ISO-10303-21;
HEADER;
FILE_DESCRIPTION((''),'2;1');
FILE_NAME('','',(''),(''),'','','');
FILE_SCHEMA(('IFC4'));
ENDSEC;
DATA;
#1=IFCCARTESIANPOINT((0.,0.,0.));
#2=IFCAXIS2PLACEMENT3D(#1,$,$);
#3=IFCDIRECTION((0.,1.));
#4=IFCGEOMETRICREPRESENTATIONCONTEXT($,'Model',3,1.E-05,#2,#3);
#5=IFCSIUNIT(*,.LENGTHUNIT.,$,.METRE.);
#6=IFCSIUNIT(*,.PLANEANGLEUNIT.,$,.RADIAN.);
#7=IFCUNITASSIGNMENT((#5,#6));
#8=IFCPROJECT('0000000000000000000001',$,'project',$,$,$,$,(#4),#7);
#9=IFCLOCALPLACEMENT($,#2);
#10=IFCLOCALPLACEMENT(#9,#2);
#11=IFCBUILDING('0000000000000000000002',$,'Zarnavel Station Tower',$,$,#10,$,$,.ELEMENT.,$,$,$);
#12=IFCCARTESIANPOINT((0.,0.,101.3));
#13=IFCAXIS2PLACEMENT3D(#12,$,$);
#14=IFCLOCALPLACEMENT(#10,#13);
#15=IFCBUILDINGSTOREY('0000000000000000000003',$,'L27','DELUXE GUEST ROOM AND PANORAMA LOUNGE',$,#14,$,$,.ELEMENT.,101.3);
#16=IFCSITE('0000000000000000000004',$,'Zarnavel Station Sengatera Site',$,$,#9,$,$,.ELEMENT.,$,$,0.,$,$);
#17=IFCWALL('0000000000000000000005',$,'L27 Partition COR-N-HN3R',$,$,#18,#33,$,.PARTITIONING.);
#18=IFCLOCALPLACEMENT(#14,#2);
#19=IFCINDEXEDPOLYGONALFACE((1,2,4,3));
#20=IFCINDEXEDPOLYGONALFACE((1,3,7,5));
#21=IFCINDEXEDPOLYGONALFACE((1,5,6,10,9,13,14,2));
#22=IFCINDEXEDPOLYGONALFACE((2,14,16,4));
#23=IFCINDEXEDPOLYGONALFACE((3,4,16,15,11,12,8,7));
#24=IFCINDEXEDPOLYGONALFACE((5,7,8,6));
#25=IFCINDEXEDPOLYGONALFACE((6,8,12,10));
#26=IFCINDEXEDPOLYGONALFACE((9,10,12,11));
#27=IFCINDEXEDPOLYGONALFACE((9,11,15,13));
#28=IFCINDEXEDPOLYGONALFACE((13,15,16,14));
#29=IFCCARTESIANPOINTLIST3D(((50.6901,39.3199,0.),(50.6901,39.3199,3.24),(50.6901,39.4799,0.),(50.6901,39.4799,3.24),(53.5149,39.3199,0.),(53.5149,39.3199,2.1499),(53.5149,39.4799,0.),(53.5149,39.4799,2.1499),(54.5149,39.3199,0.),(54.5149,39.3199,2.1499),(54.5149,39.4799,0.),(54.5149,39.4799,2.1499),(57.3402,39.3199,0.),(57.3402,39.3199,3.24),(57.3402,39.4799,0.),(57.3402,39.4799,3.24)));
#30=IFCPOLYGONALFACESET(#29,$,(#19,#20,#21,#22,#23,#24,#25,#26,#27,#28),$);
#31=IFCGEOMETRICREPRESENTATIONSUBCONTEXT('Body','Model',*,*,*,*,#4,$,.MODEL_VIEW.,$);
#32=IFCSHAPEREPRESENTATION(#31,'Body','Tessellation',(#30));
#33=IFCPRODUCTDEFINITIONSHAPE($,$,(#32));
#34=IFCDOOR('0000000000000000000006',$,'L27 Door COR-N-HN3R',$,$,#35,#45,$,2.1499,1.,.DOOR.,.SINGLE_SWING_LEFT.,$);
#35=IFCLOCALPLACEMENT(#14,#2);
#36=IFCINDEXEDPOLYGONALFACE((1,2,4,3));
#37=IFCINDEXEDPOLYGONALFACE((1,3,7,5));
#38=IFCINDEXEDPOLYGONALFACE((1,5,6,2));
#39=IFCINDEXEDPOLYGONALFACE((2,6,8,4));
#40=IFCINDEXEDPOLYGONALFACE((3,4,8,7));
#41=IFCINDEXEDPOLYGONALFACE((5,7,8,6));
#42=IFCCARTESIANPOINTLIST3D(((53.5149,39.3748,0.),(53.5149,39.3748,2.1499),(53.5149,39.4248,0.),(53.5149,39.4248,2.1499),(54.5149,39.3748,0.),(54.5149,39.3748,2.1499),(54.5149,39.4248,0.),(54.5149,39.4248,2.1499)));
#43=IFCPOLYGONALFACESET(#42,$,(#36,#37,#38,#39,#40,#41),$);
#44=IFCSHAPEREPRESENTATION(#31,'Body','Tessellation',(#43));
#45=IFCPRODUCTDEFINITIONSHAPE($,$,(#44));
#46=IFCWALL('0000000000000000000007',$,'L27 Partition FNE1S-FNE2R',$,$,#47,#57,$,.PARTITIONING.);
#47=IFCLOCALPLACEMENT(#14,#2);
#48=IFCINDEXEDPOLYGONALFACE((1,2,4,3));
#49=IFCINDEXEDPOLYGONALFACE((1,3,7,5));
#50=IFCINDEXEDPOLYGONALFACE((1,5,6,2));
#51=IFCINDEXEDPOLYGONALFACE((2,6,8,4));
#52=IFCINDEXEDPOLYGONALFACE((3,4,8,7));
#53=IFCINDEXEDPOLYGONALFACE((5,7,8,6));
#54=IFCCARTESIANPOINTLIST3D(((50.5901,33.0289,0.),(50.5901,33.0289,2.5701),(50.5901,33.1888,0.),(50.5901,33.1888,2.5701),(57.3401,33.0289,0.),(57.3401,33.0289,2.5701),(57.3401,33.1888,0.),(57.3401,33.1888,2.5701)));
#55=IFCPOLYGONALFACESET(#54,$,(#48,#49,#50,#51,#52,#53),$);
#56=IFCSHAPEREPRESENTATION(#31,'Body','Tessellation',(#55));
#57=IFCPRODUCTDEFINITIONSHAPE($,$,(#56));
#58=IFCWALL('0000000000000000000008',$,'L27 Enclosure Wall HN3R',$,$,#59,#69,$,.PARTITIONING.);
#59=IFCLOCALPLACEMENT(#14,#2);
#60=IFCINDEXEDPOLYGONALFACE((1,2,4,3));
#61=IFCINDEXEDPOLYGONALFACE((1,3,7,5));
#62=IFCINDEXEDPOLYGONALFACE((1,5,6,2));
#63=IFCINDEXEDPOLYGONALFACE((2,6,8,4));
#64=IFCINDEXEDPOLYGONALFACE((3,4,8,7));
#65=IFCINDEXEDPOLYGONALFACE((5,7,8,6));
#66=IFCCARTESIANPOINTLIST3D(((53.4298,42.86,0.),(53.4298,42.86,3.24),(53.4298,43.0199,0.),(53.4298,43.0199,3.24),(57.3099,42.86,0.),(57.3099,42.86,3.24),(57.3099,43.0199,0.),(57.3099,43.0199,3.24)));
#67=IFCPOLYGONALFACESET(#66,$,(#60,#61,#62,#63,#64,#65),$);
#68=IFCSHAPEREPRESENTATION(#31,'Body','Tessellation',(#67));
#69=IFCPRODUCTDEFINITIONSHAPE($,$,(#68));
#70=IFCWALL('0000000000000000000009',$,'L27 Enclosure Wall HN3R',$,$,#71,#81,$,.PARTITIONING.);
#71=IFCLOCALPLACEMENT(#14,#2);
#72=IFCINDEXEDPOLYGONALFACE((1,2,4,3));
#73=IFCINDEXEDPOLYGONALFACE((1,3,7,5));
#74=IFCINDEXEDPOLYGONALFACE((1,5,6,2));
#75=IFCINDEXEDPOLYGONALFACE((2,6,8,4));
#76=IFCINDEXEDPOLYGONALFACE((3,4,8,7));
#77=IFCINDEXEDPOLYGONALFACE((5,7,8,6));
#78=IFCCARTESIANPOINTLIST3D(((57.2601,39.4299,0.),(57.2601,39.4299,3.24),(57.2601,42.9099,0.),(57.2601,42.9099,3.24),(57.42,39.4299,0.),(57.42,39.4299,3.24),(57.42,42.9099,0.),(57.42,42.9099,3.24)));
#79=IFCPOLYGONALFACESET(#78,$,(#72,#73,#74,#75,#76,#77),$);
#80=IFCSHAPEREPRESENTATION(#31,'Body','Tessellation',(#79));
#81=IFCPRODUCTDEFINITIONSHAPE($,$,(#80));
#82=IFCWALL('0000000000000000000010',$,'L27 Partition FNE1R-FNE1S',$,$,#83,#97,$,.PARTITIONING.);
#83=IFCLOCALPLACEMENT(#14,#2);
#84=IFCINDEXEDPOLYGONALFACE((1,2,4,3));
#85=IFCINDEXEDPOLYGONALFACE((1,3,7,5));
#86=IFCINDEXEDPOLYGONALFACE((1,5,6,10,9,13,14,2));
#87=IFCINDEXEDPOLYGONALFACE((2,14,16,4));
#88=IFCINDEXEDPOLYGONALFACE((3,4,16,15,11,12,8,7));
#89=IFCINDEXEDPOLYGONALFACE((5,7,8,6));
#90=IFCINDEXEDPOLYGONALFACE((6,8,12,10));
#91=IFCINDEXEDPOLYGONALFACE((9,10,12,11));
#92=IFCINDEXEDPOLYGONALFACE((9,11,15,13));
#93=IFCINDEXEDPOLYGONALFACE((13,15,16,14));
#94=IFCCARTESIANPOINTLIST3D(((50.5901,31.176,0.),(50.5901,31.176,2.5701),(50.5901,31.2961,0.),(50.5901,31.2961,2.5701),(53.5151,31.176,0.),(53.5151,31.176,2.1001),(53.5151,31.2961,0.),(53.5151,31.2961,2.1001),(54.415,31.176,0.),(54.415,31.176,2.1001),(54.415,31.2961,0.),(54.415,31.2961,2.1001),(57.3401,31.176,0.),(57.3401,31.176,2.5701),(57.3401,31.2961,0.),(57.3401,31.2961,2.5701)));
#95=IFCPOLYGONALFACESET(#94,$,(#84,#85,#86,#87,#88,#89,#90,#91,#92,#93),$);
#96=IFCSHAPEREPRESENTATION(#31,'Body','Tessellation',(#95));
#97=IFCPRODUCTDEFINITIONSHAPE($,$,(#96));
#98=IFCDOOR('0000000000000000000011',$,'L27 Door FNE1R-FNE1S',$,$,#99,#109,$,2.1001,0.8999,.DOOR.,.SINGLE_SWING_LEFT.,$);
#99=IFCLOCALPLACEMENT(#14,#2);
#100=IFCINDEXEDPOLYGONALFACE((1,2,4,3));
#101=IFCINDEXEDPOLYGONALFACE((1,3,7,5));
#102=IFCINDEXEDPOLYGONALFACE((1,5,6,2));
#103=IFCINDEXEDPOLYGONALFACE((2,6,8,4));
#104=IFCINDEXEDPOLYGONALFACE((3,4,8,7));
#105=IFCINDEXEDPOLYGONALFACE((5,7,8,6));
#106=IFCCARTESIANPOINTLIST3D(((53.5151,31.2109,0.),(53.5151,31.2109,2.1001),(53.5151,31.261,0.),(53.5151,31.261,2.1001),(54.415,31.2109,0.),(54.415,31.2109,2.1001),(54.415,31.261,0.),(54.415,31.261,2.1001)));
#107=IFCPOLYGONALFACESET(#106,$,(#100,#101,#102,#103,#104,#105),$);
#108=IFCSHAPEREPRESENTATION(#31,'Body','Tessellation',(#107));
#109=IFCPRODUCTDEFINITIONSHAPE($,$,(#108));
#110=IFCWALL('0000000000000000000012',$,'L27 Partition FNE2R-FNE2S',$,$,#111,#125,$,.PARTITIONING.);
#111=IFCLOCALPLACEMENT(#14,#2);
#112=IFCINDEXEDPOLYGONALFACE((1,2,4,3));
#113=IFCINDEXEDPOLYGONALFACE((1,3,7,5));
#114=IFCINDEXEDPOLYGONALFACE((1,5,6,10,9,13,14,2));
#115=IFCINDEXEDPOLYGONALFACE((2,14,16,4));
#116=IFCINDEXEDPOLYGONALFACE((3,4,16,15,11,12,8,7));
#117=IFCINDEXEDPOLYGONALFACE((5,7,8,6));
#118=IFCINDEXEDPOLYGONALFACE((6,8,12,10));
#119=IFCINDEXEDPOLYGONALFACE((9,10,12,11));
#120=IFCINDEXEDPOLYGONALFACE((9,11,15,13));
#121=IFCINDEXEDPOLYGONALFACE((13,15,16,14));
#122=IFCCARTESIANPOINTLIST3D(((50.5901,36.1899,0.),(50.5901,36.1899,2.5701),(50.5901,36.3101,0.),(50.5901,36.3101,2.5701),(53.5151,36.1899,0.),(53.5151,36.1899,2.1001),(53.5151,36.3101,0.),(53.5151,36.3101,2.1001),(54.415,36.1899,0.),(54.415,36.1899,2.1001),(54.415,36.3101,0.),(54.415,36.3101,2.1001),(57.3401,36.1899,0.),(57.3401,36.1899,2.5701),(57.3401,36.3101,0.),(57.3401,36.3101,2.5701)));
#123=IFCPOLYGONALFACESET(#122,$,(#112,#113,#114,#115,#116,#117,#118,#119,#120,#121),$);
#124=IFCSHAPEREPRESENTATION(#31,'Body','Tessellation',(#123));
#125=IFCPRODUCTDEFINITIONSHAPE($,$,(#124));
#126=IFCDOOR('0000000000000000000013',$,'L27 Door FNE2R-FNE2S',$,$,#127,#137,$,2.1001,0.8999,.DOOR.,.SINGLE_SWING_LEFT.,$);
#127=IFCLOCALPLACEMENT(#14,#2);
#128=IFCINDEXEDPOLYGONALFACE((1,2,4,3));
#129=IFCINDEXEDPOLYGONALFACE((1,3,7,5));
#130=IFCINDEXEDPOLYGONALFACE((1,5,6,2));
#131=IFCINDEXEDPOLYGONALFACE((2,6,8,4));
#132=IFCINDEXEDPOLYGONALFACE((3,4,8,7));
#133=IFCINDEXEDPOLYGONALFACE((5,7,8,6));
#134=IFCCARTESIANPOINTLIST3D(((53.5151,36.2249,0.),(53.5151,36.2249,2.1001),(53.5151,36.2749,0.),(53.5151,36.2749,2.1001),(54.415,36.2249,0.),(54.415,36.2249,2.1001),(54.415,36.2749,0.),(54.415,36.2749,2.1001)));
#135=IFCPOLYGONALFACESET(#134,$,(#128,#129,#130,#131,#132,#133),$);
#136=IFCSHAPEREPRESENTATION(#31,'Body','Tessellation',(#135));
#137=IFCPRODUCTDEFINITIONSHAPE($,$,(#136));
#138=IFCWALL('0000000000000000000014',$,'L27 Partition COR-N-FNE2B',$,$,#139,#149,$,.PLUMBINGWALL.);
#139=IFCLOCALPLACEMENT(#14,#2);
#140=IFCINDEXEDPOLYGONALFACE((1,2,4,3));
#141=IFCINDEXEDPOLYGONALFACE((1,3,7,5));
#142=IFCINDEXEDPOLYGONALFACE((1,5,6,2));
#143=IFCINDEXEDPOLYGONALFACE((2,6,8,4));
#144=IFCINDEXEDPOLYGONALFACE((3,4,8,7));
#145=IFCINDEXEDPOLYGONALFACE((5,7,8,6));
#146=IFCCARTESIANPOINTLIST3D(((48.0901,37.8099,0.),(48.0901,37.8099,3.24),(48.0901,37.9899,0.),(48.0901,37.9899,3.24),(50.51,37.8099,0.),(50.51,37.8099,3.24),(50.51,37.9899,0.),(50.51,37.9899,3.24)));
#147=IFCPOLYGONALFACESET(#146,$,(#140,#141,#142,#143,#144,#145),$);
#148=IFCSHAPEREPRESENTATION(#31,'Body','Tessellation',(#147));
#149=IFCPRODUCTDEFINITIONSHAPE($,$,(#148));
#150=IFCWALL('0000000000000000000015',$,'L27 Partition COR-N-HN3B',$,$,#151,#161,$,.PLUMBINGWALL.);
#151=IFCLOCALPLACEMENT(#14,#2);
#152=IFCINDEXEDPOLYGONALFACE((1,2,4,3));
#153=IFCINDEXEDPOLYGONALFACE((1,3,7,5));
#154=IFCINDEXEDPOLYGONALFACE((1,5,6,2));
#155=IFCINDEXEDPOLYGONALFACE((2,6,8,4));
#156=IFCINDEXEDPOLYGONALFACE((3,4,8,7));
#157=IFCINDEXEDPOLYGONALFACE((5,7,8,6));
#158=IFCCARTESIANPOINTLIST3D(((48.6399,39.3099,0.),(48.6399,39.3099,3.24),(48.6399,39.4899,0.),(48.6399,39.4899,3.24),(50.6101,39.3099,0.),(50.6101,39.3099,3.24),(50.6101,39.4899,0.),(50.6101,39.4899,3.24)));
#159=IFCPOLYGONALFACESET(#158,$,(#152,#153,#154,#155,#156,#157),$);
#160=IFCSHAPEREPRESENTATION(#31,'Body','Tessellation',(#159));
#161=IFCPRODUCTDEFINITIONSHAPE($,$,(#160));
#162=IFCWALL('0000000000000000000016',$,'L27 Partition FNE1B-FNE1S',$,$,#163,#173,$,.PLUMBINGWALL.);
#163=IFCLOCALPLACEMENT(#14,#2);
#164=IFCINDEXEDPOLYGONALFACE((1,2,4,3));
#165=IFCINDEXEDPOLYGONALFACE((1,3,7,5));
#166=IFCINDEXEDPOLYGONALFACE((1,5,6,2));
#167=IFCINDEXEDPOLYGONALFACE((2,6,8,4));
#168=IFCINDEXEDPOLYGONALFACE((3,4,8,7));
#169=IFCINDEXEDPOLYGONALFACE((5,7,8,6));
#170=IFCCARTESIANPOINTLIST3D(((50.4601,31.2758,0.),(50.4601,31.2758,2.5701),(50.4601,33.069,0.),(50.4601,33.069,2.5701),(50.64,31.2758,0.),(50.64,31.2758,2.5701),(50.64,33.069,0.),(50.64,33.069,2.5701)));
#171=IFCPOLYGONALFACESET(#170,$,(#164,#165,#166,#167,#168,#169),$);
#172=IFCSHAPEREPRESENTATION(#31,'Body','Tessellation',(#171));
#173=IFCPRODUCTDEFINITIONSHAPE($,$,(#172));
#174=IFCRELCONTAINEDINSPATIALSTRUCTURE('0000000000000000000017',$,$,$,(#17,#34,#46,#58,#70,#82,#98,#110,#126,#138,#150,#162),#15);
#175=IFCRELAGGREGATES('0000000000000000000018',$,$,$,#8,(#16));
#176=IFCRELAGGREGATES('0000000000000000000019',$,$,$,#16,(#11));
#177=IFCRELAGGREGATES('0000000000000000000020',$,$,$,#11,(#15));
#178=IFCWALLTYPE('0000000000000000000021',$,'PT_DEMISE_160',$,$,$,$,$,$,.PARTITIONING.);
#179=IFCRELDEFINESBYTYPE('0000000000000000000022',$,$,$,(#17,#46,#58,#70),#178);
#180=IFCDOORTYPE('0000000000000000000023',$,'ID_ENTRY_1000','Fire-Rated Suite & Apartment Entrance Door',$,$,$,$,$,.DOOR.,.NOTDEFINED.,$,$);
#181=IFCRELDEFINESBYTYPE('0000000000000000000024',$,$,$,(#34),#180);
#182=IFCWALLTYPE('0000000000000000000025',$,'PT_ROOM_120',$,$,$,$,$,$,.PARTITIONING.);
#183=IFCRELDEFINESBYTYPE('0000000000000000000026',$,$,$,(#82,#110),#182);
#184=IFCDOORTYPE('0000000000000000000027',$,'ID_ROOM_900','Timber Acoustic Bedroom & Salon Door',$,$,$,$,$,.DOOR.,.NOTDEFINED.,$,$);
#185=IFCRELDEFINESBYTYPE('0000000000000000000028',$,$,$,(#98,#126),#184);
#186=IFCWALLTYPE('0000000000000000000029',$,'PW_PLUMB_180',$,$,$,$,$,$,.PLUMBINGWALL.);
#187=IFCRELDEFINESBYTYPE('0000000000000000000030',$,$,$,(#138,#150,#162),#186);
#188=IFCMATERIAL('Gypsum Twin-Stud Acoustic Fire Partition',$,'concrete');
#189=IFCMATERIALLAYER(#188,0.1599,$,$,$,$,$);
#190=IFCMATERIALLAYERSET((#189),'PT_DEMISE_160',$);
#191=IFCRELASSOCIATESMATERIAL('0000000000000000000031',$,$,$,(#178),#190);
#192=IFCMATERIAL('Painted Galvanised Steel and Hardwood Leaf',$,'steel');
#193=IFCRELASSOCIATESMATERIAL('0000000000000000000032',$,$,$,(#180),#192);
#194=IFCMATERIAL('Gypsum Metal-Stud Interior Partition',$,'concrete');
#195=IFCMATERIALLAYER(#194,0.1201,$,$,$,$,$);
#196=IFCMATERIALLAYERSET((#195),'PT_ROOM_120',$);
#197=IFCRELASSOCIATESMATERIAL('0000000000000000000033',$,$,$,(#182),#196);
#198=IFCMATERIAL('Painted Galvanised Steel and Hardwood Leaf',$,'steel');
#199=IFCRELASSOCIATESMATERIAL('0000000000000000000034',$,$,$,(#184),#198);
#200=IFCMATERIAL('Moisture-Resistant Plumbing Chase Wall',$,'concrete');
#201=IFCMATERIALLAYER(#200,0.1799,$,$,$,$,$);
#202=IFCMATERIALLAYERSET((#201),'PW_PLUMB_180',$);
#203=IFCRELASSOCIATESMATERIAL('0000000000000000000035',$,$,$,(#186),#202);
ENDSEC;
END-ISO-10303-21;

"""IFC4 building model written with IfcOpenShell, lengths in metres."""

from ifc_helpers import new_model, si_unit, direction, frame, frame_2d, origin, place, context, subcontext, project, spatial, rectangle, extrude, material, layer, layer_set, type_object, element, fill, save


model = new_model("IFC4")

# Units and contexts
model_context = context("Model", 3, precision=1e-05, world=origin(), true_north=direction((0.0, 1.0)))
body_context = subcontext(model_context, "Body", "Model", "MODEL_VIEW")
ifc_project = project(units=[si_unit("LENGTHUNIT", "METRE"), si_unit("PLANEANGLEUNIT", "RADIAN")], contexts=[model_context])

# Site, building, storey
site_placement = place(None, origin())
site = spatial("IfcSite", under=ifc_project, at=site_placement, Name="Zarnavel Station Sengatera Site", CompositionType="ELEMENT", RefElevation=0.0)
building_placement = place(site_placement, origin())
building = spatial("IfcBuilding", under=site, at=building_placement, Name="Zarnavel Station Tower", CompositionType="ELEMENT")
storey_placement = place(building_placement, frame((0.0, 0.0, 101.3)))
storey = spatial("IfcBuildingStorey", under=building, at=storey_placement, Name="L27", Description="DELUXE GUEST ROOM AND PANORAMA LOUNGE", CompositionType="ELEMENT", Elevation=101.3)

# Shared definitions
ifc_material_1 = material(Name="Gypsum Twin-Stud Acoustic Fire Partition", Category="concrete")
ifc_layer_1 = layer(ifc_material_1, 0.1599)
ifc_layer_set_1 = layer_set([ifc_layer_1], Name="PT_DEMISE_160")
wall_type_1 = type_object("IfcWallType", Name="PT_DEMISE_160", PredefinedType="PARTITIONING", material=ifc_layer_set_1)

# Wall, opening, door
wall_1_placement = place(storey_placement, frame((50.6899, 39.3999, 0.0), z_axis=(0.0, 0.0, 1.0), x_axis=(1.0, 0.0, 0.0)))
wall_1 = element("IfcWall", 1, at=wall_1_placement, inside=storey, type_object=wall_type_1, Name="L27 Partition COR-N-HN3R", PredefinedType="PARTITIONING", context=body_context, shape_type="SweptSolid", body=[
    extrude(rectangle(XDim=6.6501, YDim=0.1599, at=frame_2d((3.3252, 0.0))), origin(), (0.0, 0.0, 1.0), 3.24),
])
opening_1_placement = place(wall_1_placement, frame((2.825, 0.0, 0.0)))
opening_1 = element("IfcOpeningElement", 2, at=opening_1_placement, cuts=wall_1, PredefinedType="OPENING", context=body_context, shape_type="SweptSolid", body=[
    extrude(rectangle(XDim=1.0, YDim=2.1499, at=frame_2d((0.5, 1.075))), frame((0.0, 0.0898, 0.0), z_axis=(0.0, -1.0, 0.0), x_axis=(1.0, 0.0, 0.0)), (0.0, 0.0, 1.0), 0.1799),
])
ifc_material_2 = material(Name="Painted Galvanised Steel and Hardwood Leaf", Category="steel")
door_type_1 = type_object("IfcDoorType", Name="ID_ENTRY_1000", Description="Fire-Rated Suite & Apartment Entrance Door", OperationType="NOTDEFINED", PredefinedType="DOOR", material=ifc_material_2)
door_1_placement = place(opening_1_placement, origin())
door_1 = element("IfcDoor", 3, at=door_1_placement, inside=storey, type_object=door_type_1, Name="L27 Door COR-N-HN3R", OperationType="SINGLE_SWING_LEFT", OverallHeight=2.1499, OverallWidth=1.0, PredefinedType="DOOR", context=body_context, shape_type="SweptSolid", body=[
    extrude(rectangle(XDim=1.0, YDim=2.1499, at=frame_2d((0.5, 1.075))), frame((0.0, 0.0249, 0.0), z_axis=(0.0, -1.0, 0.0), x_axis=(1.0, 0.0, 0.0)), (0.0, 0.0, 1.0), 0.05),
])
fill(opening_1, door_1)

# Walls
wall_2_placement = place(storey_placement, frame((50.5901, 33.1089, 0.0), z_axis=(0.0, 0.0, 1.0), x_axis=(1.0, 0.0, 0.0)))
element("IfcWall", 4, at=wall_2_placement, inside=storey, type_object=wall_type_1, Name="L27 Partition FNE1S-FNE2R", PredefinedType="PARTITIONING", context=body_context, shape_type="SweptSolid", body=[
    extrude(rectangle(XDim=6.75, YDim=0.1599, at=frame_2d((3.375, 0.0))), origin(), (0.0, 0.0, 1.0), 2.5701),
])
wall_3_placement = place(storey_placement, frame((53.4299, 42.9399, 0.0), z_axis=(0.0, 0.0, 1.0), x_axis=(1.0, 0.0, 0.0)))
element("IfcWall", 5, at=wall_3_placement, inside=storey, type_object=wall_type_1, Name="L27 Enclosure Wall HN3R", PredefinedType="PARTITIONING", context=body_context, shape_type="SweptSolid", body=[
    extrude(rectangle(XDim=3.8801, YDim=0.1599, at=frame_2d((1.9399, 0.0))), origin(), (0.0, 0.0, 1.0), 3.24),
])
wall_4_placement = place(storey_placement, frame((57.3401, 39.4299, 0.0), z_axis=(0.0, 0.0, 1.0), x_axis=(0.0, 1.0, 0.0)))
element("IfcWall", 6, at=wall_4_placement, inside=storey, type_object=wall_type_1, Name="L27 Enclosure Wall HN3R", PredefinedType="PARTITIONING", context=body_context, shape_type="SweptSolid", body=[
    extrude(rectangle(XDim=3.48, YDim=0.1599, at=frame_2d((1.74, 0.0))), origin(), (0.0, 0.0, 1.0), 3.24),
])

# Walls, openings, doors
ifc_material_3 = material(Name="Gypsum Metal-Stud Interior Partition", Category="concrete")
ifc_layer_2 = layer(ifc_material_3, 0.1201)
ifc_layer_set_2 = layer_set([ifc_layer_2], Name="PT_ROOM_120")
wall_type_2 = type_object("IfcWallType", Name="PT_ROOM_120", PredefinedType="PARTITIONING", material=ifc_layer_set_2)
wall_5_placement = place(storey_placement, frame((50.5901, 31.2361, 0.0), z_axis=(0.0, 0.0, 1.0), x_axis=(1.0, 0.0, 0.0)))
wall_5 = element("IfcWall", 7, at=wall_5_placement, inside=storey, type_object=wall_type_2, Name="L27 Partition FNE1R-FNE1S", PredefinedType="PARTITIONING", context=body_context, shape_type="SweptSolid", body=[
    extrude(rectangle(XDim=6.75, YDim=0.1201, at=frame_2d((3.375, 0.0))), origin(), (0.0, 0.0, 1.0), 2.5701),
])
opening_2_placement = place(wall_5_placement, frame((2.925, 0.0, 0.0)))
opening_2 = element("IfcOpeningElement", 8, at=opening_2_placement, cuts=wall_5, PredefinedType="OPENING", context=body_context, shape_type="SweptSolid", body=[
    extrude(rectangle(XDim=0.8999, YDim=2.1001, at=frame_2d((0.45, 1.05))), frame((0.0, 0.0701, 0.0), z_axis=(0.0, -1.0, 0.0), x_axis=(1.0, 0.0, 0.0)), (0.0, 0.0, 1.0), 0.1401),
])
ifc_material_4 = material(Name="Painted Galvanised Steel and Hardwood Leaf", Category="steel")
door_type_2 = type_object("IfcDoorType", Name="ID_ROOM_900", Description="Timber Acoustic Bedroom & Salon Door", OperationType="NOTDEFINED", PredefinedType="DOOR", material=ifc_material_4)
door_2_placement = place(opening_2_placement, origin())
door_2 = element("IfcDoor", 9, at=door_2_placement, inside=storey, type_object=door_type_2, Name="L27 Door FNE1R-FNE1S", OperationType="SINGLE_SWING_LEFT", OverallHeight=2.1001, OverallWidth=0.8999, PredefinedType="DOOR", context=body_context, shape_type="SweptSolid", body=[
    extrude(rectangle(XDim=0.8999, YDim=2.1001, at=frame_2d((0.45, 1.05))), frame((0.0, 0.0249, 0.0), z_axis=(0.0, -1.0, 0.0), x_axis=(1.0, 0.0, 0.0)), (0.0, 0.0, 1.0), 0.05),
])
fill(opening_2, door_2)
wall_6_placement = place(storey_placement, frame((50.5901, 36.25, 0.0), z_axis=(0.0, 0.0, 1.0), x_axis=(1.0, 0.0, 0.0)))
wall_6 = element("IfcWall", 10, at=wall_6_placement, inside=storey, type_object=wall_type_2, Name="L27 Partition FNE2R-FNE2S", PredefinedType="PARTITIONING", context=body_context, shape_type="SweptSolid", body=[
    extrude(rectangle(XDim=6.75, YDim=0.1201, at=frame_2d((3.375, 0.0))), origin(), (0.0, 0.0, 1.0), 2.5701),
])
opening_3_placement = place(wall_6_placement, frame((2.925, 0.0, 0.0)))
opening_3 = element("IfcOpeningElement", 11, at=opening_3_placement, cuts=wall_6, PredefinedType="OPENING", context=body_context, shape_type="SweptSolid", body=[
    extrude(rectangle(XDim=0.8999, YDim=2.1001, at=frame_2d((0.45, 1.05))), frame((0.0, 0.0701, 0.0), z_axis=(0.0, -1.0, 0.0), x_axis=(1.0, 0.0, 0.0)), (0.0, 0.0, 1.0), 0.1401),
])
door_3_placement = place(opening_3_placement, origin())
door_3 = element("IfcDoor", 12, at=door_3_placement, inside=storey, type_object=door_type_2, Name="L27 Door FNE2R-FNE2S", OperationType="SINGLE_SWING_LEFT", OverallHeight=2.1001, OverallWidth=0.8999, PredefinedType="DOOR", context=body_context, shape_type="SweptSolid", body=[
    extrude(rectangle(XDim=0.8999, YDim=2.1001, at=frame_2d((0.45, 1.05))), frame((0.0, 0.0249, 0.0), z_axis=(0.0, -1.0, 0.0), x_axis=(1.0, 0.0, 0.0)), (0.0, 0.0, 1.0), 0.05),
])
fill(opening_3, door_3)

# Walls
ifc_material_5 = material(Name="Moisture-Resistant Plumbing Chase Wall", Category="concrete")
ifc_layer_3 = layer(ifc_material_5, 0.1799)
ifc_layer_set_3 = layer_set([ifc_layer_3], Name="PW_PLUMB_180")
wall_type_3 = type_object("IfcWallType", Name="PW_PLUMB_180", PredefinedType="PLUMBINGWALL", material=ifc_layer_set_3)
wall_7_placement = place(storey_placement, frame((48.0901, 37.8999, 0.0), z_axis=(0.0, 0.0, 1.0), x_axis=(1.0, 0.0, 0.0)))
element("IfcWall", 13, at=wall_7_placement, inside=storey, type_object=wall_type_3, Name="L27 Partition COR-N-FNE2B", PredefinedType="PLUMBINGWALL", context=body_context, shape_type="SweptSolid", body=[
    extrude(rectangle(XDim=2.4199, YDim=0.1799, at=frame_2d((1.21, 0.0))), origin(), (0.0, 0.0, 1.0), 3.24),
])
wall_8_placement = place(storey_placement, frame((48.6399, 39.3999, 0.0), z_axis=(0.0, 0.0, 1.0), x_axis=(1.0, 0.0, 0.0)))
element("IfcWall", 14, at=wall_8_placement, inside=storey, type_object=wall_type_3, Name="L27 Partition COR-N-HN3B", PredefinedType="PLUMBINGWALL", context=body_context, shape_type="SweptSolid", body=[
    extrude(rectangle(XDim=1.9702, YDim=0.1799, at=frame_2d((0.9851, 0.0))), origin(), (0.0, 0.0, 1.0), 3.24),
])
wall_9_placement = place(storey_placement, frame((50.55, 31.2759, 0.0), z_axis=(0.0, 0.0, 1.0), x_axis=(0.0, 1.0, 0.0)))
element("IfcWall", 15, at=wall_9_placement, inside=storey, type_object=wall_type_3, Name="L27 Partition FNE1B-FNE1S", PredefinedType="PLUMBINGWALL", context=body_context, shape_type="SweptSolid", body=[
    extrude(rectangle(XDim=1.7932, YDim=0.1799, at=frame_2d((0.8965, 0.0))), origin(), (0.0, 0.0, 1.0), 2.5701),
])

save(model, "model.ifc")
